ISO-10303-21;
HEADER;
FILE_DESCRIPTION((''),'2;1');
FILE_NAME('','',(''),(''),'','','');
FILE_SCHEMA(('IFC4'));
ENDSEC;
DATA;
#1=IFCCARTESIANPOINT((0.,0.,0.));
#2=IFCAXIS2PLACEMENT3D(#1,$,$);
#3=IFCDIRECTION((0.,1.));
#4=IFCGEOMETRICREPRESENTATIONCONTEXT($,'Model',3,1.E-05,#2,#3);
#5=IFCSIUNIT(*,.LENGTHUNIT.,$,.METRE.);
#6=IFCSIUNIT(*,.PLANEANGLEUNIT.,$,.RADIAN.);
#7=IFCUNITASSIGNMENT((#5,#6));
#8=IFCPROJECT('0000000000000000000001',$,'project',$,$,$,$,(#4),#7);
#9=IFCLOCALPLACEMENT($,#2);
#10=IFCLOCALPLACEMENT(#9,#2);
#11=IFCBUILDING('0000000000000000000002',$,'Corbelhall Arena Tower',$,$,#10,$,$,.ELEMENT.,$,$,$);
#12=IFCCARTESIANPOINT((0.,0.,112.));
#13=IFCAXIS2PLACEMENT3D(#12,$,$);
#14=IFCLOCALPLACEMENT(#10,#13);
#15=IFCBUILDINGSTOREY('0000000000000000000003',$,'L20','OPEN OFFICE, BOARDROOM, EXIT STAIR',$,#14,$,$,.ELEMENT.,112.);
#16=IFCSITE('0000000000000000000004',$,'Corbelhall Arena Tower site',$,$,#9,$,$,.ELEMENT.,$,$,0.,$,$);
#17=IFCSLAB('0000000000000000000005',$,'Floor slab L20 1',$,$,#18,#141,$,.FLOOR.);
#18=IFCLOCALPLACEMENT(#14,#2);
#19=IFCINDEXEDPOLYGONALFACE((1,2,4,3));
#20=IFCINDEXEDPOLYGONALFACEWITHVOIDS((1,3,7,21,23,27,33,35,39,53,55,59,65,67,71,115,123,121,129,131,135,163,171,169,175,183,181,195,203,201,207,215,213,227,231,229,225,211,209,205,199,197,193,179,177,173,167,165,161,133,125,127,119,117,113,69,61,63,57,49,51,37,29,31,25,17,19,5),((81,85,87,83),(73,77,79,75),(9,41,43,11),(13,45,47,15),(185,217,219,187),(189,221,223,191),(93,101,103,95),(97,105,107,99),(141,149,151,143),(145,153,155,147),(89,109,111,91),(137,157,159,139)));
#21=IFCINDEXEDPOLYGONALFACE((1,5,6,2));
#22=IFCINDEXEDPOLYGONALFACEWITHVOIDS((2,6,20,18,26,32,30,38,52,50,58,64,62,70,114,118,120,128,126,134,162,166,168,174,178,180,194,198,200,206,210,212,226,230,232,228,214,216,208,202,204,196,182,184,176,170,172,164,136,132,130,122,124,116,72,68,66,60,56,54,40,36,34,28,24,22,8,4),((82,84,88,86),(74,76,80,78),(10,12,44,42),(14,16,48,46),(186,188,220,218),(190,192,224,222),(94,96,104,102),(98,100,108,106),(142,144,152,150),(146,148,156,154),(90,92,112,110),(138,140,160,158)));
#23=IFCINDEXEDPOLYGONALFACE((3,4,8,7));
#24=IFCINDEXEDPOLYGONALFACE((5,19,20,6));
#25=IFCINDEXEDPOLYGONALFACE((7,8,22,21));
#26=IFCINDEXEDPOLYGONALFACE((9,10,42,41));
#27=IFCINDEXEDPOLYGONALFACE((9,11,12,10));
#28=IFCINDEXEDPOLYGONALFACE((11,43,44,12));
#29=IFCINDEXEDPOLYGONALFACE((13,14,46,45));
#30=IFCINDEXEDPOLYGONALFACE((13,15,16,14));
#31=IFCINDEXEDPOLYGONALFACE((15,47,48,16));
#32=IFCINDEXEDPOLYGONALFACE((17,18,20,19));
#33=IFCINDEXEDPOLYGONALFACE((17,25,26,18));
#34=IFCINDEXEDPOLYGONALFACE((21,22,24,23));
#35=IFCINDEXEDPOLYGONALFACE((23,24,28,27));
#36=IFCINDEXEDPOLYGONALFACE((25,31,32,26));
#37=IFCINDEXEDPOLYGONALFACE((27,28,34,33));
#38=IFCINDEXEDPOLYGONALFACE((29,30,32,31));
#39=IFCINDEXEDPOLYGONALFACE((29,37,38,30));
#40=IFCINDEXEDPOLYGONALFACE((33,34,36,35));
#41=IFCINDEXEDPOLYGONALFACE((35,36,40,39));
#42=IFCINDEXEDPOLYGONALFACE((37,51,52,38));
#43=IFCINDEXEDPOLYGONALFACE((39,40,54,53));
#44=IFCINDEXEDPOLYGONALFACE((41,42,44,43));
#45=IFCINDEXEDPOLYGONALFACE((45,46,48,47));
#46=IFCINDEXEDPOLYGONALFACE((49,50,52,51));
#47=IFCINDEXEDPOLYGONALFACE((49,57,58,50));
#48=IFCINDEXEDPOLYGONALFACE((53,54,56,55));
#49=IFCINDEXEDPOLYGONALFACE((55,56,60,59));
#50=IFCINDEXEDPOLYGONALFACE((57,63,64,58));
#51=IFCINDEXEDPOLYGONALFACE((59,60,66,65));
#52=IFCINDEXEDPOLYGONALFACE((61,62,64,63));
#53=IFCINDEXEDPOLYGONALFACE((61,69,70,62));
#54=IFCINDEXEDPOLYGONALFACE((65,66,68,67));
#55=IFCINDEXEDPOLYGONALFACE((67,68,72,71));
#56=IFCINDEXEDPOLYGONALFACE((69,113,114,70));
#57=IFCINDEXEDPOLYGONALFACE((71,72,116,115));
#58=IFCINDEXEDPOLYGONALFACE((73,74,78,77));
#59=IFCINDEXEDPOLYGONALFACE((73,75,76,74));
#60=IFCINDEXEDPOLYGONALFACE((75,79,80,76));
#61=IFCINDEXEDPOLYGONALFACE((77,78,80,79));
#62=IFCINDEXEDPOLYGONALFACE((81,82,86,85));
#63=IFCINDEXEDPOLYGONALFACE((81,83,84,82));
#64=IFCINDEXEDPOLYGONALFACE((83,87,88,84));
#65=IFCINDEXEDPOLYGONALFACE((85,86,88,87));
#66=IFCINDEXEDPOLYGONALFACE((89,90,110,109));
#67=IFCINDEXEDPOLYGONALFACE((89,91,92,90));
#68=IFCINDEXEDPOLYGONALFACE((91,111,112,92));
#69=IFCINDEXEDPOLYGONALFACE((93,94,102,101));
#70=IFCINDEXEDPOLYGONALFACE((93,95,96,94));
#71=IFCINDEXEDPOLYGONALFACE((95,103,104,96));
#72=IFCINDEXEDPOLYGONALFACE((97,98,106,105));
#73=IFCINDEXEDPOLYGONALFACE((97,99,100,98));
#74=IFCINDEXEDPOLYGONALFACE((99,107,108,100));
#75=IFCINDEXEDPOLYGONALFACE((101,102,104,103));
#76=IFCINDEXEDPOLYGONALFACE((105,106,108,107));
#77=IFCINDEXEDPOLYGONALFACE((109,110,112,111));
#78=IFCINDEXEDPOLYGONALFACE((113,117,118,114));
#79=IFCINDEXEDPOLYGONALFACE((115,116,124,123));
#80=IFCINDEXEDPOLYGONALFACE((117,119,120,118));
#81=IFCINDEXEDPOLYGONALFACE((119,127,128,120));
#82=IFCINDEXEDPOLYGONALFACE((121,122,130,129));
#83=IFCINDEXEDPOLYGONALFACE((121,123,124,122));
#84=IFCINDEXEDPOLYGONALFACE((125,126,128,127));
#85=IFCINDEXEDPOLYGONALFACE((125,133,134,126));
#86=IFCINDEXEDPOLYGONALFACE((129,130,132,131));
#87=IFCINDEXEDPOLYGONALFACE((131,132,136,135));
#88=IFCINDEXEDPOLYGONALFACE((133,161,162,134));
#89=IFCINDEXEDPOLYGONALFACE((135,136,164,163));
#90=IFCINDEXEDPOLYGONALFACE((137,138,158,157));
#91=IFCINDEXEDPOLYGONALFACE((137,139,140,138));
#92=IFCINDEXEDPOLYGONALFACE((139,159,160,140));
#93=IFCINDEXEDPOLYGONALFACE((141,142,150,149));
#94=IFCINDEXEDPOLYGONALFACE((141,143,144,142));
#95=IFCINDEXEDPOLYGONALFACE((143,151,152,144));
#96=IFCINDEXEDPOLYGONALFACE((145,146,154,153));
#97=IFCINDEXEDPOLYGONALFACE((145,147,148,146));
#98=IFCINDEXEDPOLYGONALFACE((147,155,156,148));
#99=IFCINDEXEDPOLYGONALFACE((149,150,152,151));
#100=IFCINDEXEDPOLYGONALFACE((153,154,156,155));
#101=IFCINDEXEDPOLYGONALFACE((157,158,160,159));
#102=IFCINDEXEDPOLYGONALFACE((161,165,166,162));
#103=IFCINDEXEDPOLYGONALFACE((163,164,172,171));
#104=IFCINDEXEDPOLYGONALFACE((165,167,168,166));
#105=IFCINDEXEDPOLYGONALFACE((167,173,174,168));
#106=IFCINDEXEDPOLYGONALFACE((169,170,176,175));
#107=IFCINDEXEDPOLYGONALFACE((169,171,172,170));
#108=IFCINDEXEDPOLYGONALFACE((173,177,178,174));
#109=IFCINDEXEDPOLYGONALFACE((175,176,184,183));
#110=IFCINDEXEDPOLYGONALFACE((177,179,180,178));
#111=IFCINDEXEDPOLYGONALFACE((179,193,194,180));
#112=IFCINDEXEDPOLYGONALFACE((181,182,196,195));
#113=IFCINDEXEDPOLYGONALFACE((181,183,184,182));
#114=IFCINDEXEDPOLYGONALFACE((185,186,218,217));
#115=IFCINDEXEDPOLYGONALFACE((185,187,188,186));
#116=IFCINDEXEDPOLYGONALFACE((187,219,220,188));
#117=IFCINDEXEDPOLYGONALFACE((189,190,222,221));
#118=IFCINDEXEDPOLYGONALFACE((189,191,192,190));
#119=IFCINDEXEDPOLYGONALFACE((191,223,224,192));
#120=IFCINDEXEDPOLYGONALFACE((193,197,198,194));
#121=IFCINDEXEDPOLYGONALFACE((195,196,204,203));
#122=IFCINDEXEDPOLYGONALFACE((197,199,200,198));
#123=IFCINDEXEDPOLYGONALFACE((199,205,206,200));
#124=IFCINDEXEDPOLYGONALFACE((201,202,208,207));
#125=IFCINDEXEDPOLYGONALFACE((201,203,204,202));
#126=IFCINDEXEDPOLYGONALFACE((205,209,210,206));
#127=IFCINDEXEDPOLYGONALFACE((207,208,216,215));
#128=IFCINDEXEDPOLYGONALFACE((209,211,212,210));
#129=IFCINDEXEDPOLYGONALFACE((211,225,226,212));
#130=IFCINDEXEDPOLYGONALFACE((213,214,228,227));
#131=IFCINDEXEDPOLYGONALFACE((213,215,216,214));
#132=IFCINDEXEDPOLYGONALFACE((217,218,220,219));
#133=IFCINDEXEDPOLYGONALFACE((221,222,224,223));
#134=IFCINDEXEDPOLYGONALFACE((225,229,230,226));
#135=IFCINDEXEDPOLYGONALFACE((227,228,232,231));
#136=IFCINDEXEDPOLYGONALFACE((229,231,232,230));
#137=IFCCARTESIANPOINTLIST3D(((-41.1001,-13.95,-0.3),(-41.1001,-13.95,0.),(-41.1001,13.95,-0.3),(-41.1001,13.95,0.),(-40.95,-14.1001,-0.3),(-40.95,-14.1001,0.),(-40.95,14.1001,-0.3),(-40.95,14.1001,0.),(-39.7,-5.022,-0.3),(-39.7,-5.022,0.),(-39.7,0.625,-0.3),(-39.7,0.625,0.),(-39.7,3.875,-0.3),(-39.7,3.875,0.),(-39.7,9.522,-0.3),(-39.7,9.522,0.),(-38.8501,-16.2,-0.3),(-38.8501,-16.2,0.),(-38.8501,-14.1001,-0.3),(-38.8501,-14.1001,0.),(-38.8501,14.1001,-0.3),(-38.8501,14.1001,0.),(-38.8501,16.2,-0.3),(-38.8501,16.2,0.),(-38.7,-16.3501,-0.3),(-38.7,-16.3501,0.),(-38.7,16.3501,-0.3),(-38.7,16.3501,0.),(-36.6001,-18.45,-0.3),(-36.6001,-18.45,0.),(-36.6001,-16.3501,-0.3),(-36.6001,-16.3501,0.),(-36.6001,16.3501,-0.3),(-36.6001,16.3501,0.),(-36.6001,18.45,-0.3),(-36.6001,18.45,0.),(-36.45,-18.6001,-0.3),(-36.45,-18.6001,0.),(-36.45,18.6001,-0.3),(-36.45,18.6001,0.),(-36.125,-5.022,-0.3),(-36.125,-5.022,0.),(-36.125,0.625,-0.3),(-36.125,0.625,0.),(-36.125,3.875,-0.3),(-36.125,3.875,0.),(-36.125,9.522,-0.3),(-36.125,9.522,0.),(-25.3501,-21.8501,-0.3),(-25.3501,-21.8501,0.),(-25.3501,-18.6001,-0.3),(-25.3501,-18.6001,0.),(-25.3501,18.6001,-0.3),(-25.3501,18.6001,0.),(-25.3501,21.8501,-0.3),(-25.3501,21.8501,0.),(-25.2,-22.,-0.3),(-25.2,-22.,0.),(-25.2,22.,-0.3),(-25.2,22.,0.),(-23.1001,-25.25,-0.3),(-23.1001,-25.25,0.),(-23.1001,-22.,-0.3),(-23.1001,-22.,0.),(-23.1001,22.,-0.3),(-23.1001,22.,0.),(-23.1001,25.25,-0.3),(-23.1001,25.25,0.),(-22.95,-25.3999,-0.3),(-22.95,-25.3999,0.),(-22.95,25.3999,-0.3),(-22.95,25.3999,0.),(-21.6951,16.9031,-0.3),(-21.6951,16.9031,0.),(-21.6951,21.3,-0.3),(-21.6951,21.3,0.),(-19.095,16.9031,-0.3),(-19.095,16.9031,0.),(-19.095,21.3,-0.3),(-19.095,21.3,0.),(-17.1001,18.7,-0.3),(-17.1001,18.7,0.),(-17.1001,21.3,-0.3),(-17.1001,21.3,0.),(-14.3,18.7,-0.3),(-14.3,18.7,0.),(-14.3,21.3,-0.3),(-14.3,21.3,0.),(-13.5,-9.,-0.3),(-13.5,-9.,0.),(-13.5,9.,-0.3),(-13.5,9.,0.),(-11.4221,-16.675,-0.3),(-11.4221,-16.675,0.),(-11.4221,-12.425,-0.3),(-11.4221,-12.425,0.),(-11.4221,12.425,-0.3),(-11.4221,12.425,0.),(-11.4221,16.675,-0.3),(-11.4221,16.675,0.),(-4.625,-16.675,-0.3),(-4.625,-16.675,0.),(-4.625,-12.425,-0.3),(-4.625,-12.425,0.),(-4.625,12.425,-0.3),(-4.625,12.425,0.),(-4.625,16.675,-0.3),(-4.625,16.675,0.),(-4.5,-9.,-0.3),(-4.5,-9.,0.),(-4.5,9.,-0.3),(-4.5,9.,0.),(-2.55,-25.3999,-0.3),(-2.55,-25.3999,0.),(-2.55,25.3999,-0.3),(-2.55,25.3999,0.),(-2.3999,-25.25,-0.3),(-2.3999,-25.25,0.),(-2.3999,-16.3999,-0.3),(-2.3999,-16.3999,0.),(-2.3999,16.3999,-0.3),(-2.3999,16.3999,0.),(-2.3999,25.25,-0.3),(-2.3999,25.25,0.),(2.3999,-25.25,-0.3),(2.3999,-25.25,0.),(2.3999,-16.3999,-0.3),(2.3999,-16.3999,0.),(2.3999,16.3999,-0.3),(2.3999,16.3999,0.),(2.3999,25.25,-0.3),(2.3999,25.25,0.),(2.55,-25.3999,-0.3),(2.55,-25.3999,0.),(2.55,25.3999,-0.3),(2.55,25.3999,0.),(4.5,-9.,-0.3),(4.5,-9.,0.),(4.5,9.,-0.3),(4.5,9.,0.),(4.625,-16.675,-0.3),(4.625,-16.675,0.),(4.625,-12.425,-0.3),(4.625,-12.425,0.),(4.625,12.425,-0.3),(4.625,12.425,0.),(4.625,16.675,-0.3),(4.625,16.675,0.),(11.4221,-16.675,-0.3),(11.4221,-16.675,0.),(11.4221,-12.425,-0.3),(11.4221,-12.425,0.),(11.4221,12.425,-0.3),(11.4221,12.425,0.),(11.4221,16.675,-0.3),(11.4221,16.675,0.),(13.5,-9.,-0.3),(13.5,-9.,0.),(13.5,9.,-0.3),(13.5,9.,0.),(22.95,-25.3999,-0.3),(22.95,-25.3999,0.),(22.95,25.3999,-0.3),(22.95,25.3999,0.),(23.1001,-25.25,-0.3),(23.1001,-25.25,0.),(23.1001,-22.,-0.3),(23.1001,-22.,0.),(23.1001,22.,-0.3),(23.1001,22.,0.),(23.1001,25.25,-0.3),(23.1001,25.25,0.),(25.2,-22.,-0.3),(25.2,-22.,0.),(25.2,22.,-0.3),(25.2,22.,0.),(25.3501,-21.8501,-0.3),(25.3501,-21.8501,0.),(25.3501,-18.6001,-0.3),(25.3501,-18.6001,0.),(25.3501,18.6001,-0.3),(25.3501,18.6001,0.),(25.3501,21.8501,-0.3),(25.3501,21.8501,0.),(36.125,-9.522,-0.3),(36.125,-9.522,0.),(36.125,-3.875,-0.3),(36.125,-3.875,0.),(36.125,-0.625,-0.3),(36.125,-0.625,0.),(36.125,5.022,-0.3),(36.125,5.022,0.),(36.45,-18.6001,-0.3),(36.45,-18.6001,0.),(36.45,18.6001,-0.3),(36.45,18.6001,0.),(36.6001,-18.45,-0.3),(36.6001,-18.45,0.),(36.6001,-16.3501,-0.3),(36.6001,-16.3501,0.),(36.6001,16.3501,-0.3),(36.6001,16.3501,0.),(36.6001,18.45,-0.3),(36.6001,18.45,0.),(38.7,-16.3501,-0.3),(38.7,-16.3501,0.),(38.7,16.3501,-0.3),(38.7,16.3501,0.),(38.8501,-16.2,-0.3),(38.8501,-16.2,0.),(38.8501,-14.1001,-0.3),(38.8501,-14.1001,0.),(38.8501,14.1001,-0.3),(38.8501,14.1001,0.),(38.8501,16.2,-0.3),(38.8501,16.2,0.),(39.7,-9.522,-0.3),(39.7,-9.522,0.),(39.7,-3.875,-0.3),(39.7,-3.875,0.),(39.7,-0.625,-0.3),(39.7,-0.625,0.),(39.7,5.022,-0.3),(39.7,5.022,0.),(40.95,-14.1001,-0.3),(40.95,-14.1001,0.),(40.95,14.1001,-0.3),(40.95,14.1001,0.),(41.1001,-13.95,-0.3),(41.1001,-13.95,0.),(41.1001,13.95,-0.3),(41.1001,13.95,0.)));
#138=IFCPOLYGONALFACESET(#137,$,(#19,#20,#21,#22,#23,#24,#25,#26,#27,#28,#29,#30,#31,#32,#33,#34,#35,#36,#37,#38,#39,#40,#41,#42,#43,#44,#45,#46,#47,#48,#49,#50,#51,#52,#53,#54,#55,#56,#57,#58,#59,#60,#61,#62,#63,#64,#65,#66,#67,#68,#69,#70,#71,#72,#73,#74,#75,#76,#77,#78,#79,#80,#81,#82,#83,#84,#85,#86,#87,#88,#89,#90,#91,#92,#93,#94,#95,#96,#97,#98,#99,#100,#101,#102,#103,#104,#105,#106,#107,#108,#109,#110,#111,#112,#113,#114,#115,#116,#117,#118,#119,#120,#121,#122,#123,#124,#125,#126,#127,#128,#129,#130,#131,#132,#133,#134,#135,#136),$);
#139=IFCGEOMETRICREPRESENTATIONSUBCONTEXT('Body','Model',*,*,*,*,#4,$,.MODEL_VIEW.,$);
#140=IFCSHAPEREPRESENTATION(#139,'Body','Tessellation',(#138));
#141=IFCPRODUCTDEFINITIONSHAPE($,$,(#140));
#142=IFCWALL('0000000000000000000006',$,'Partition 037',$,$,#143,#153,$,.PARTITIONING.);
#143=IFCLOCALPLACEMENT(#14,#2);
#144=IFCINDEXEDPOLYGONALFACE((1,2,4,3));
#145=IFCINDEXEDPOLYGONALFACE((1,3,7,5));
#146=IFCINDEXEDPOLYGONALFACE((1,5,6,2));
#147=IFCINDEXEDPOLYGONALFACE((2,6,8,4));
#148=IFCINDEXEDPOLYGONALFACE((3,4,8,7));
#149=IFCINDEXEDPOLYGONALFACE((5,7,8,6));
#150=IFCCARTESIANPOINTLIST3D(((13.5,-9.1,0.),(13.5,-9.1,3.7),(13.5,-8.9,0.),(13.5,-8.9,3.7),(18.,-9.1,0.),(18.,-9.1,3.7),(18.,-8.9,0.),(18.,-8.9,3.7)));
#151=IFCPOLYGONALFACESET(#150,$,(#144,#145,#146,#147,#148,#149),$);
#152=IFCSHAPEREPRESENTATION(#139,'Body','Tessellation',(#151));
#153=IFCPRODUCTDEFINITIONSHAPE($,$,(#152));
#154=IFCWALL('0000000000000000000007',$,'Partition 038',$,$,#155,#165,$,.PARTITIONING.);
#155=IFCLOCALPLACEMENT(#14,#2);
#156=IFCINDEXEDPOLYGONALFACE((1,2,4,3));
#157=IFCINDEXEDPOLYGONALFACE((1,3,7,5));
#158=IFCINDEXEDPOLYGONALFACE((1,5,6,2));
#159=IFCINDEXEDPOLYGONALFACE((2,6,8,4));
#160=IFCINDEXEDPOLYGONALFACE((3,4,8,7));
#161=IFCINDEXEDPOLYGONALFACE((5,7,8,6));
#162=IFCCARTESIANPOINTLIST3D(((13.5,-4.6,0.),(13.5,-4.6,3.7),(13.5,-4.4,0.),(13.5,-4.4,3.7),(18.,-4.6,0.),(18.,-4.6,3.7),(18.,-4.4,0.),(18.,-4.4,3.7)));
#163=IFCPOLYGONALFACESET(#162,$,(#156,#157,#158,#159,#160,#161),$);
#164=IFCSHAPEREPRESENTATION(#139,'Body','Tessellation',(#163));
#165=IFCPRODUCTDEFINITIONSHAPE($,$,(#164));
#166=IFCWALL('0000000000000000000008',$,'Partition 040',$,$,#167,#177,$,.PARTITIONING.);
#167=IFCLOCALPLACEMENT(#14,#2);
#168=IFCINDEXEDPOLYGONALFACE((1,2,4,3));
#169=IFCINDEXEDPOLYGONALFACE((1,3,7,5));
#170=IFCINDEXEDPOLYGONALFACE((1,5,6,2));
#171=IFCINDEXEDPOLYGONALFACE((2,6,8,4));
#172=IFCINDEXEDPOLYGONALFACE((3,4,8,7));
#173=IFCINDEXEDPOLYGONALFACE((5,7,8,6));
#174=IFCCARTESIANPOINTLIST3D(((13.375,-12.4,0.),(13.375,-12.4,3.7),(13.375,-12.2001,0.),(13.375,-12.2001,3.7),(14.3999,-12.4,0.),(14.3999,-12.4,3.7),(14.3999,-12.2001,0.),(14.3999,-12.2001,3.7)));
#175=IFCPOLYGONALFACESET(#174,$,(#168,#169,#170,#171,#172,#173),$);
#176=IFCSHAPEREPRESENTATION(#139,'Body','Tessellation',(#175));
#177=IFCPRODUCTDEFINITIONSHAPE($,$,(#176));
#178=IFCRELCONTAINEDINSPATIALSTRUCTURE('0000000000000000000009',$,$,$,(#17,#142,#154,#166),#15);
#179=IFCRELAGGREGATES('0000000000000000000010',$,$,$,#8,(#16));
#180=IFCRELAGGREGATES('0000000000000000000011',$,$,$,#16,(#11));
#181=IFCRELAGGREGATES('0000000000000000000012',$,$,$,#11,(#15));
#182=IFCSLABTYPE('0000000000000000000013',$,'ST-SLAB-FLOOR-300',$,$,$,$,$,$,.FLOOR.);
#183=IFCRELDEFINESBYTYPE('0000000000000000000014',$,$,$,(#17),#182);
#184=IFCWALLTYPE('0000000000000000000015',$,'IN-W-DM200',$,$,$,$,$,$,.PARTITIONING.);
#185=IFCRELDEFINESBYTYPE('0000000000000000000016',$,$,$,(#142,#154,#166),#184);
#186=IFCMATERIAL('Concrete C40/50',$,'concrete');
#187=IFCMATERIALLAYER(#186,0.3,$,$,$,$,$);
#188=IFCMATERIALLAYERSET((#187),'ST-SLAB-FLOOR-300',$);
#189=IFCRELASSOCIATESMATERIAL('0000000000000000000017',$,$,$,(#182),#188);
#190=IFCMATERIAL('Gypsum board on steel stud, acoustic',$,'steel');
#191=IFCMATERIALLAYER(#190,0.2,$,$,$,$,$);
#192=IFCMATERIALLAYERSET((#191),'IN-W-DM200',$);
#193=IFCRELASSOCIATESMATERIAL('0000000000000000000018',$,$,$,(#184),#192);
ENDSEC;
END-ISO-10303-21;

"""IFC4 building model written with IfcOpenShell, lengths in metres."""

from ifc_helpers import new_model, si_unit, direction, frame, frame_2d, origin, place, context, subcontext, project, spatial, polyline, rectangle, outline, extrude, material, layer, layer_set, type_object, element, save


model = new_model("IFC4")

# Units and contexts
model_context = context("Model", 3, precision=1e-05, world=origin(), true_north=direction((0.0, 1.0)))
body_context = subcontext(model_context, "Body", "Model", "MODEL_VIEW")
ifc_project = project(units=[si_unit("LENGTHUNIT", "METRE"), si_unit("PLANEANGLEUNIT", "RADIAN")], contexts=[model_context])

# Site, building, storey
site_placement = place(None, origin())
site = spatial("IfcSite", under=ifc_project, at=site_placement, Name="Corbelhall Arena Tower site", CompositionType="ELEMENT", RefElevation=0.0)
building_placement = place(site_placement, origin())
building = spatial("IfcBuilding", under=site, at=building_placement, Name="Corbelhall Arena Tower", CompositionType="ELEMENT")
storey_placement = place(building_placement, frame((0.0, 0.0, 112.0)))
storey = spatial("IfcBuildingStorey", under=building, at=storey_placement, Name="L20", Description="OPEN OFFICE, BOARDROOM, EXIT STAIR", CompositionType="ELEMENT", Elevation=112.0)

# Shared definitions
ifc_material_1 = material(Name="Concrete C40/50", Category="concrete")

# Slab
ifc_layer_1 = layer(ifc_material_1, 0.3)
ifc_layer_set_1 = layer_set([ifc_layer_1], Name="ST-SLAB-FLOOR-300")
slab_type_1 = type_object("IfcSlabType", Name="ST-SLAB-FLOOR-300", PredefinedType="FLOOR", material=ifc_layer_set_1)
slab_1_placement = place(storey_placement, frame((0.0, 0.0, -0.3)))
element("IfcSlab", 1, at=slab_1_placement, inside=storey, type_object=slab_type_1, Name="Floor slab L20 1", PredefinedType="FLOOR", context=body_context, shape_type="SweptSolid", body=[
    extrude(outline(polyline([(25.3501, 18.6001), (25.3501, 21.8501), (25.2, 22.0), (23.1001, 22.0), (23.1001, 25.25), (22.95, 25.3999), (2.55, 25.3999), (2.3999, 25.25), (2.3999, 16.3999), (-2.3999, 16.3999), (-2.3999, 25.25), (-2.55, 25.3999), (-22.95, 25.3999), (-23.1001, 25.25), (-23.1001, 22.0), (-25.2, 22.0), (-25.3501, 21.8501), (-25.3501, 18.6001), (-36.45, 18.6001), (-36.6001, 18.45), (-36.6001, 16.3501), (-38.7, 16.3501), (-38.8501, 16.2), (-38.8501, 14.1001), (-40.95, 14.1001), (-41.1001, 13.95), (-41.1001, -13.95), (-40.95, -14.1001), (-38.8501, -14.1001), (-38.8501, -16.2), (-38.7, -16.3501), (-36.6001, -16.3501), (-36.6001, -18.45), (-36.45, -18.6001), (-25.3501, -18.6001), (-25.3501, -21.8501), (-25.2, -22.0), (-23.1001, -22.0), (-23.1001, -25.25), (-22.95, -25.3999), (-2.55, -25.3999), (-2.3999, -25.25), (-2.3999, -16.3999), (2.3999, -16.3999), (2.3999, -25.25), (2.55, -25.3999), (22.95, -25.3999), (23.1001, -25.25), (23.1001, -22.0), (25.2, -22.0), (25.3501, -21.8501), (25.3501, -18.6001), (36.45, -18.6001), (36.6001, -18.45), (36.6001, -16.3501), (38.7, -16.3501), (38.8501, -16.2), (38.8501, -14.1001), (40.95, -14.1001), (41.1001, -13.95), (41.1001, 13.95), (40.95, 14.1001), (38.8501, 14.1001), (38.8501, 16.2), (38.7, 16.3501), (36.6001, 16.3501), (36.6001, 18.45), (36.45, 18.6001), (25.3501, 18.6001)]), holes=[polyline([(-13.5, 9.0), (-13.5, -9.0), (-4.5, -9.0), (-4.5, 9.0), (-13.5, 9.0)]), polyline([(4.5, 9.0), (4.5, -9.0), (13.5, -9.0), (13.5, 9.0), (4.5, 9.0)]), polyline([(-4.625, 16.675), (-11.4221, 16.675), (-11.4221, 12.425), (-4.625, 12.425), (-4.625, 16.675)]), polyline([(-4.625, -16.675), (-4.625, -12.425), (-11.4221, -12.425), (-11.4221, -16.675), (-4.625, -16.675)]), polyline([(11.4221, 16.675), (4.625, 16.675), (4.625, 12.425), (11.4221, 12.425), (11.4221, 16.675)]), polyline([(11.4221, -16.675), (11.4221, -12.425), (4.625, -12.425), (4.625, -16.675), (11.4221, -16.675)]), polyline([(-36.125, 3.875), (-36.125, 9.522), (-39.7, 9.522), (-39.7, 3.875), (-36.125, 3.875)]), polyline([(-36.125, 0.625), (-39.7, 0.625), (-39.7, -5.022), (-36.125, -5.022), (-36.125, 0.625)]), polyline([(39.7, -9.522), (39.7, -3.875), (36.125, -3.875), (36.125, -9.522), (39.7, -9.522)]), polyline([(39.7, 5.022), (36.125, 5.022), (36.125, -0.625), (39.7, -0.625), (39.7, 5.022)]), polyline([(-21.6951, 21.3), (-21.6951, 16.9031), (-19.095, 16.9031), (-19.095, 21.3), (-21.6951, 21.3)]), polyline([(-14.3, 21.3), (-17.1001, 21.3), (-17.1001, 18.7), (-14.3, 18.7), (-14.3, 21.3)])]), origin(), (0.0, 0.0, 1.0), 0.3),
])

# Walls
ifc_material_2 = material(Name="Gypsum board on steel stud, acoustic", Category="steel")
ifc_layer_2 = layer(ifc_material_2, 0.2)
ifc_layer_set_2 = layer_set([ifc_layer_2], Name="IN-W-DM200")
wall_type_1 = type_object("IfcWallType", Name="IN-W-DM200", PredefinedType="PARTITIONING", material=ifc_layer_set_2)
for number, where, z_axis, x_axis, name in (
    (2, (13.5, -9.0, 0.0), (0.0, 0.0, 1.0), (1.0, 0.0, 0.0), "Partition 037"),
    (3, (13.5, -4.5, 0.0), (0.0, 0.0, 1.0), (1.0, 0.0, 0.0), "Partition 038"),
):
    element("IfcWall", number, at=place(storey_placement, frame(where, z_axis=z_axis, x_axis=x_axis)), inside=storey, type_object=wall_type_1, Name=name, PredefinedType="PARTITIONING", context=body_context, shape_type="SweptSolid", body=[
        extrude(rectangle(XDim=4.5, YDim=0.2, at=frame_2d((2.25, 0.0))), origin(), (0.0, 0.0, 1.0), 3.7),
    ])
wall_1_placement = place(storey_placement, frame((14.3999, -12.3, 0.0), z_axis=(0.0, 0.0, 1.0), x_axis=(-1.0, 0.0, 0.0)))
element("IfcWall", 4, at=wall_1_placement, inside=storey, type_object=wall_type_1, Name="Partition 040", PredefinedType="PARTITIONING", context=body_context, shape_type="SweptSolid", body=[
    extrude(rectangle(XDim=1.0249, YDim=0.2, at=frame_2d((0.5125, 0.0))), origin(), (0.0, 0.0, 1.0), 3.7),
])

save(model, "model.ifc")
